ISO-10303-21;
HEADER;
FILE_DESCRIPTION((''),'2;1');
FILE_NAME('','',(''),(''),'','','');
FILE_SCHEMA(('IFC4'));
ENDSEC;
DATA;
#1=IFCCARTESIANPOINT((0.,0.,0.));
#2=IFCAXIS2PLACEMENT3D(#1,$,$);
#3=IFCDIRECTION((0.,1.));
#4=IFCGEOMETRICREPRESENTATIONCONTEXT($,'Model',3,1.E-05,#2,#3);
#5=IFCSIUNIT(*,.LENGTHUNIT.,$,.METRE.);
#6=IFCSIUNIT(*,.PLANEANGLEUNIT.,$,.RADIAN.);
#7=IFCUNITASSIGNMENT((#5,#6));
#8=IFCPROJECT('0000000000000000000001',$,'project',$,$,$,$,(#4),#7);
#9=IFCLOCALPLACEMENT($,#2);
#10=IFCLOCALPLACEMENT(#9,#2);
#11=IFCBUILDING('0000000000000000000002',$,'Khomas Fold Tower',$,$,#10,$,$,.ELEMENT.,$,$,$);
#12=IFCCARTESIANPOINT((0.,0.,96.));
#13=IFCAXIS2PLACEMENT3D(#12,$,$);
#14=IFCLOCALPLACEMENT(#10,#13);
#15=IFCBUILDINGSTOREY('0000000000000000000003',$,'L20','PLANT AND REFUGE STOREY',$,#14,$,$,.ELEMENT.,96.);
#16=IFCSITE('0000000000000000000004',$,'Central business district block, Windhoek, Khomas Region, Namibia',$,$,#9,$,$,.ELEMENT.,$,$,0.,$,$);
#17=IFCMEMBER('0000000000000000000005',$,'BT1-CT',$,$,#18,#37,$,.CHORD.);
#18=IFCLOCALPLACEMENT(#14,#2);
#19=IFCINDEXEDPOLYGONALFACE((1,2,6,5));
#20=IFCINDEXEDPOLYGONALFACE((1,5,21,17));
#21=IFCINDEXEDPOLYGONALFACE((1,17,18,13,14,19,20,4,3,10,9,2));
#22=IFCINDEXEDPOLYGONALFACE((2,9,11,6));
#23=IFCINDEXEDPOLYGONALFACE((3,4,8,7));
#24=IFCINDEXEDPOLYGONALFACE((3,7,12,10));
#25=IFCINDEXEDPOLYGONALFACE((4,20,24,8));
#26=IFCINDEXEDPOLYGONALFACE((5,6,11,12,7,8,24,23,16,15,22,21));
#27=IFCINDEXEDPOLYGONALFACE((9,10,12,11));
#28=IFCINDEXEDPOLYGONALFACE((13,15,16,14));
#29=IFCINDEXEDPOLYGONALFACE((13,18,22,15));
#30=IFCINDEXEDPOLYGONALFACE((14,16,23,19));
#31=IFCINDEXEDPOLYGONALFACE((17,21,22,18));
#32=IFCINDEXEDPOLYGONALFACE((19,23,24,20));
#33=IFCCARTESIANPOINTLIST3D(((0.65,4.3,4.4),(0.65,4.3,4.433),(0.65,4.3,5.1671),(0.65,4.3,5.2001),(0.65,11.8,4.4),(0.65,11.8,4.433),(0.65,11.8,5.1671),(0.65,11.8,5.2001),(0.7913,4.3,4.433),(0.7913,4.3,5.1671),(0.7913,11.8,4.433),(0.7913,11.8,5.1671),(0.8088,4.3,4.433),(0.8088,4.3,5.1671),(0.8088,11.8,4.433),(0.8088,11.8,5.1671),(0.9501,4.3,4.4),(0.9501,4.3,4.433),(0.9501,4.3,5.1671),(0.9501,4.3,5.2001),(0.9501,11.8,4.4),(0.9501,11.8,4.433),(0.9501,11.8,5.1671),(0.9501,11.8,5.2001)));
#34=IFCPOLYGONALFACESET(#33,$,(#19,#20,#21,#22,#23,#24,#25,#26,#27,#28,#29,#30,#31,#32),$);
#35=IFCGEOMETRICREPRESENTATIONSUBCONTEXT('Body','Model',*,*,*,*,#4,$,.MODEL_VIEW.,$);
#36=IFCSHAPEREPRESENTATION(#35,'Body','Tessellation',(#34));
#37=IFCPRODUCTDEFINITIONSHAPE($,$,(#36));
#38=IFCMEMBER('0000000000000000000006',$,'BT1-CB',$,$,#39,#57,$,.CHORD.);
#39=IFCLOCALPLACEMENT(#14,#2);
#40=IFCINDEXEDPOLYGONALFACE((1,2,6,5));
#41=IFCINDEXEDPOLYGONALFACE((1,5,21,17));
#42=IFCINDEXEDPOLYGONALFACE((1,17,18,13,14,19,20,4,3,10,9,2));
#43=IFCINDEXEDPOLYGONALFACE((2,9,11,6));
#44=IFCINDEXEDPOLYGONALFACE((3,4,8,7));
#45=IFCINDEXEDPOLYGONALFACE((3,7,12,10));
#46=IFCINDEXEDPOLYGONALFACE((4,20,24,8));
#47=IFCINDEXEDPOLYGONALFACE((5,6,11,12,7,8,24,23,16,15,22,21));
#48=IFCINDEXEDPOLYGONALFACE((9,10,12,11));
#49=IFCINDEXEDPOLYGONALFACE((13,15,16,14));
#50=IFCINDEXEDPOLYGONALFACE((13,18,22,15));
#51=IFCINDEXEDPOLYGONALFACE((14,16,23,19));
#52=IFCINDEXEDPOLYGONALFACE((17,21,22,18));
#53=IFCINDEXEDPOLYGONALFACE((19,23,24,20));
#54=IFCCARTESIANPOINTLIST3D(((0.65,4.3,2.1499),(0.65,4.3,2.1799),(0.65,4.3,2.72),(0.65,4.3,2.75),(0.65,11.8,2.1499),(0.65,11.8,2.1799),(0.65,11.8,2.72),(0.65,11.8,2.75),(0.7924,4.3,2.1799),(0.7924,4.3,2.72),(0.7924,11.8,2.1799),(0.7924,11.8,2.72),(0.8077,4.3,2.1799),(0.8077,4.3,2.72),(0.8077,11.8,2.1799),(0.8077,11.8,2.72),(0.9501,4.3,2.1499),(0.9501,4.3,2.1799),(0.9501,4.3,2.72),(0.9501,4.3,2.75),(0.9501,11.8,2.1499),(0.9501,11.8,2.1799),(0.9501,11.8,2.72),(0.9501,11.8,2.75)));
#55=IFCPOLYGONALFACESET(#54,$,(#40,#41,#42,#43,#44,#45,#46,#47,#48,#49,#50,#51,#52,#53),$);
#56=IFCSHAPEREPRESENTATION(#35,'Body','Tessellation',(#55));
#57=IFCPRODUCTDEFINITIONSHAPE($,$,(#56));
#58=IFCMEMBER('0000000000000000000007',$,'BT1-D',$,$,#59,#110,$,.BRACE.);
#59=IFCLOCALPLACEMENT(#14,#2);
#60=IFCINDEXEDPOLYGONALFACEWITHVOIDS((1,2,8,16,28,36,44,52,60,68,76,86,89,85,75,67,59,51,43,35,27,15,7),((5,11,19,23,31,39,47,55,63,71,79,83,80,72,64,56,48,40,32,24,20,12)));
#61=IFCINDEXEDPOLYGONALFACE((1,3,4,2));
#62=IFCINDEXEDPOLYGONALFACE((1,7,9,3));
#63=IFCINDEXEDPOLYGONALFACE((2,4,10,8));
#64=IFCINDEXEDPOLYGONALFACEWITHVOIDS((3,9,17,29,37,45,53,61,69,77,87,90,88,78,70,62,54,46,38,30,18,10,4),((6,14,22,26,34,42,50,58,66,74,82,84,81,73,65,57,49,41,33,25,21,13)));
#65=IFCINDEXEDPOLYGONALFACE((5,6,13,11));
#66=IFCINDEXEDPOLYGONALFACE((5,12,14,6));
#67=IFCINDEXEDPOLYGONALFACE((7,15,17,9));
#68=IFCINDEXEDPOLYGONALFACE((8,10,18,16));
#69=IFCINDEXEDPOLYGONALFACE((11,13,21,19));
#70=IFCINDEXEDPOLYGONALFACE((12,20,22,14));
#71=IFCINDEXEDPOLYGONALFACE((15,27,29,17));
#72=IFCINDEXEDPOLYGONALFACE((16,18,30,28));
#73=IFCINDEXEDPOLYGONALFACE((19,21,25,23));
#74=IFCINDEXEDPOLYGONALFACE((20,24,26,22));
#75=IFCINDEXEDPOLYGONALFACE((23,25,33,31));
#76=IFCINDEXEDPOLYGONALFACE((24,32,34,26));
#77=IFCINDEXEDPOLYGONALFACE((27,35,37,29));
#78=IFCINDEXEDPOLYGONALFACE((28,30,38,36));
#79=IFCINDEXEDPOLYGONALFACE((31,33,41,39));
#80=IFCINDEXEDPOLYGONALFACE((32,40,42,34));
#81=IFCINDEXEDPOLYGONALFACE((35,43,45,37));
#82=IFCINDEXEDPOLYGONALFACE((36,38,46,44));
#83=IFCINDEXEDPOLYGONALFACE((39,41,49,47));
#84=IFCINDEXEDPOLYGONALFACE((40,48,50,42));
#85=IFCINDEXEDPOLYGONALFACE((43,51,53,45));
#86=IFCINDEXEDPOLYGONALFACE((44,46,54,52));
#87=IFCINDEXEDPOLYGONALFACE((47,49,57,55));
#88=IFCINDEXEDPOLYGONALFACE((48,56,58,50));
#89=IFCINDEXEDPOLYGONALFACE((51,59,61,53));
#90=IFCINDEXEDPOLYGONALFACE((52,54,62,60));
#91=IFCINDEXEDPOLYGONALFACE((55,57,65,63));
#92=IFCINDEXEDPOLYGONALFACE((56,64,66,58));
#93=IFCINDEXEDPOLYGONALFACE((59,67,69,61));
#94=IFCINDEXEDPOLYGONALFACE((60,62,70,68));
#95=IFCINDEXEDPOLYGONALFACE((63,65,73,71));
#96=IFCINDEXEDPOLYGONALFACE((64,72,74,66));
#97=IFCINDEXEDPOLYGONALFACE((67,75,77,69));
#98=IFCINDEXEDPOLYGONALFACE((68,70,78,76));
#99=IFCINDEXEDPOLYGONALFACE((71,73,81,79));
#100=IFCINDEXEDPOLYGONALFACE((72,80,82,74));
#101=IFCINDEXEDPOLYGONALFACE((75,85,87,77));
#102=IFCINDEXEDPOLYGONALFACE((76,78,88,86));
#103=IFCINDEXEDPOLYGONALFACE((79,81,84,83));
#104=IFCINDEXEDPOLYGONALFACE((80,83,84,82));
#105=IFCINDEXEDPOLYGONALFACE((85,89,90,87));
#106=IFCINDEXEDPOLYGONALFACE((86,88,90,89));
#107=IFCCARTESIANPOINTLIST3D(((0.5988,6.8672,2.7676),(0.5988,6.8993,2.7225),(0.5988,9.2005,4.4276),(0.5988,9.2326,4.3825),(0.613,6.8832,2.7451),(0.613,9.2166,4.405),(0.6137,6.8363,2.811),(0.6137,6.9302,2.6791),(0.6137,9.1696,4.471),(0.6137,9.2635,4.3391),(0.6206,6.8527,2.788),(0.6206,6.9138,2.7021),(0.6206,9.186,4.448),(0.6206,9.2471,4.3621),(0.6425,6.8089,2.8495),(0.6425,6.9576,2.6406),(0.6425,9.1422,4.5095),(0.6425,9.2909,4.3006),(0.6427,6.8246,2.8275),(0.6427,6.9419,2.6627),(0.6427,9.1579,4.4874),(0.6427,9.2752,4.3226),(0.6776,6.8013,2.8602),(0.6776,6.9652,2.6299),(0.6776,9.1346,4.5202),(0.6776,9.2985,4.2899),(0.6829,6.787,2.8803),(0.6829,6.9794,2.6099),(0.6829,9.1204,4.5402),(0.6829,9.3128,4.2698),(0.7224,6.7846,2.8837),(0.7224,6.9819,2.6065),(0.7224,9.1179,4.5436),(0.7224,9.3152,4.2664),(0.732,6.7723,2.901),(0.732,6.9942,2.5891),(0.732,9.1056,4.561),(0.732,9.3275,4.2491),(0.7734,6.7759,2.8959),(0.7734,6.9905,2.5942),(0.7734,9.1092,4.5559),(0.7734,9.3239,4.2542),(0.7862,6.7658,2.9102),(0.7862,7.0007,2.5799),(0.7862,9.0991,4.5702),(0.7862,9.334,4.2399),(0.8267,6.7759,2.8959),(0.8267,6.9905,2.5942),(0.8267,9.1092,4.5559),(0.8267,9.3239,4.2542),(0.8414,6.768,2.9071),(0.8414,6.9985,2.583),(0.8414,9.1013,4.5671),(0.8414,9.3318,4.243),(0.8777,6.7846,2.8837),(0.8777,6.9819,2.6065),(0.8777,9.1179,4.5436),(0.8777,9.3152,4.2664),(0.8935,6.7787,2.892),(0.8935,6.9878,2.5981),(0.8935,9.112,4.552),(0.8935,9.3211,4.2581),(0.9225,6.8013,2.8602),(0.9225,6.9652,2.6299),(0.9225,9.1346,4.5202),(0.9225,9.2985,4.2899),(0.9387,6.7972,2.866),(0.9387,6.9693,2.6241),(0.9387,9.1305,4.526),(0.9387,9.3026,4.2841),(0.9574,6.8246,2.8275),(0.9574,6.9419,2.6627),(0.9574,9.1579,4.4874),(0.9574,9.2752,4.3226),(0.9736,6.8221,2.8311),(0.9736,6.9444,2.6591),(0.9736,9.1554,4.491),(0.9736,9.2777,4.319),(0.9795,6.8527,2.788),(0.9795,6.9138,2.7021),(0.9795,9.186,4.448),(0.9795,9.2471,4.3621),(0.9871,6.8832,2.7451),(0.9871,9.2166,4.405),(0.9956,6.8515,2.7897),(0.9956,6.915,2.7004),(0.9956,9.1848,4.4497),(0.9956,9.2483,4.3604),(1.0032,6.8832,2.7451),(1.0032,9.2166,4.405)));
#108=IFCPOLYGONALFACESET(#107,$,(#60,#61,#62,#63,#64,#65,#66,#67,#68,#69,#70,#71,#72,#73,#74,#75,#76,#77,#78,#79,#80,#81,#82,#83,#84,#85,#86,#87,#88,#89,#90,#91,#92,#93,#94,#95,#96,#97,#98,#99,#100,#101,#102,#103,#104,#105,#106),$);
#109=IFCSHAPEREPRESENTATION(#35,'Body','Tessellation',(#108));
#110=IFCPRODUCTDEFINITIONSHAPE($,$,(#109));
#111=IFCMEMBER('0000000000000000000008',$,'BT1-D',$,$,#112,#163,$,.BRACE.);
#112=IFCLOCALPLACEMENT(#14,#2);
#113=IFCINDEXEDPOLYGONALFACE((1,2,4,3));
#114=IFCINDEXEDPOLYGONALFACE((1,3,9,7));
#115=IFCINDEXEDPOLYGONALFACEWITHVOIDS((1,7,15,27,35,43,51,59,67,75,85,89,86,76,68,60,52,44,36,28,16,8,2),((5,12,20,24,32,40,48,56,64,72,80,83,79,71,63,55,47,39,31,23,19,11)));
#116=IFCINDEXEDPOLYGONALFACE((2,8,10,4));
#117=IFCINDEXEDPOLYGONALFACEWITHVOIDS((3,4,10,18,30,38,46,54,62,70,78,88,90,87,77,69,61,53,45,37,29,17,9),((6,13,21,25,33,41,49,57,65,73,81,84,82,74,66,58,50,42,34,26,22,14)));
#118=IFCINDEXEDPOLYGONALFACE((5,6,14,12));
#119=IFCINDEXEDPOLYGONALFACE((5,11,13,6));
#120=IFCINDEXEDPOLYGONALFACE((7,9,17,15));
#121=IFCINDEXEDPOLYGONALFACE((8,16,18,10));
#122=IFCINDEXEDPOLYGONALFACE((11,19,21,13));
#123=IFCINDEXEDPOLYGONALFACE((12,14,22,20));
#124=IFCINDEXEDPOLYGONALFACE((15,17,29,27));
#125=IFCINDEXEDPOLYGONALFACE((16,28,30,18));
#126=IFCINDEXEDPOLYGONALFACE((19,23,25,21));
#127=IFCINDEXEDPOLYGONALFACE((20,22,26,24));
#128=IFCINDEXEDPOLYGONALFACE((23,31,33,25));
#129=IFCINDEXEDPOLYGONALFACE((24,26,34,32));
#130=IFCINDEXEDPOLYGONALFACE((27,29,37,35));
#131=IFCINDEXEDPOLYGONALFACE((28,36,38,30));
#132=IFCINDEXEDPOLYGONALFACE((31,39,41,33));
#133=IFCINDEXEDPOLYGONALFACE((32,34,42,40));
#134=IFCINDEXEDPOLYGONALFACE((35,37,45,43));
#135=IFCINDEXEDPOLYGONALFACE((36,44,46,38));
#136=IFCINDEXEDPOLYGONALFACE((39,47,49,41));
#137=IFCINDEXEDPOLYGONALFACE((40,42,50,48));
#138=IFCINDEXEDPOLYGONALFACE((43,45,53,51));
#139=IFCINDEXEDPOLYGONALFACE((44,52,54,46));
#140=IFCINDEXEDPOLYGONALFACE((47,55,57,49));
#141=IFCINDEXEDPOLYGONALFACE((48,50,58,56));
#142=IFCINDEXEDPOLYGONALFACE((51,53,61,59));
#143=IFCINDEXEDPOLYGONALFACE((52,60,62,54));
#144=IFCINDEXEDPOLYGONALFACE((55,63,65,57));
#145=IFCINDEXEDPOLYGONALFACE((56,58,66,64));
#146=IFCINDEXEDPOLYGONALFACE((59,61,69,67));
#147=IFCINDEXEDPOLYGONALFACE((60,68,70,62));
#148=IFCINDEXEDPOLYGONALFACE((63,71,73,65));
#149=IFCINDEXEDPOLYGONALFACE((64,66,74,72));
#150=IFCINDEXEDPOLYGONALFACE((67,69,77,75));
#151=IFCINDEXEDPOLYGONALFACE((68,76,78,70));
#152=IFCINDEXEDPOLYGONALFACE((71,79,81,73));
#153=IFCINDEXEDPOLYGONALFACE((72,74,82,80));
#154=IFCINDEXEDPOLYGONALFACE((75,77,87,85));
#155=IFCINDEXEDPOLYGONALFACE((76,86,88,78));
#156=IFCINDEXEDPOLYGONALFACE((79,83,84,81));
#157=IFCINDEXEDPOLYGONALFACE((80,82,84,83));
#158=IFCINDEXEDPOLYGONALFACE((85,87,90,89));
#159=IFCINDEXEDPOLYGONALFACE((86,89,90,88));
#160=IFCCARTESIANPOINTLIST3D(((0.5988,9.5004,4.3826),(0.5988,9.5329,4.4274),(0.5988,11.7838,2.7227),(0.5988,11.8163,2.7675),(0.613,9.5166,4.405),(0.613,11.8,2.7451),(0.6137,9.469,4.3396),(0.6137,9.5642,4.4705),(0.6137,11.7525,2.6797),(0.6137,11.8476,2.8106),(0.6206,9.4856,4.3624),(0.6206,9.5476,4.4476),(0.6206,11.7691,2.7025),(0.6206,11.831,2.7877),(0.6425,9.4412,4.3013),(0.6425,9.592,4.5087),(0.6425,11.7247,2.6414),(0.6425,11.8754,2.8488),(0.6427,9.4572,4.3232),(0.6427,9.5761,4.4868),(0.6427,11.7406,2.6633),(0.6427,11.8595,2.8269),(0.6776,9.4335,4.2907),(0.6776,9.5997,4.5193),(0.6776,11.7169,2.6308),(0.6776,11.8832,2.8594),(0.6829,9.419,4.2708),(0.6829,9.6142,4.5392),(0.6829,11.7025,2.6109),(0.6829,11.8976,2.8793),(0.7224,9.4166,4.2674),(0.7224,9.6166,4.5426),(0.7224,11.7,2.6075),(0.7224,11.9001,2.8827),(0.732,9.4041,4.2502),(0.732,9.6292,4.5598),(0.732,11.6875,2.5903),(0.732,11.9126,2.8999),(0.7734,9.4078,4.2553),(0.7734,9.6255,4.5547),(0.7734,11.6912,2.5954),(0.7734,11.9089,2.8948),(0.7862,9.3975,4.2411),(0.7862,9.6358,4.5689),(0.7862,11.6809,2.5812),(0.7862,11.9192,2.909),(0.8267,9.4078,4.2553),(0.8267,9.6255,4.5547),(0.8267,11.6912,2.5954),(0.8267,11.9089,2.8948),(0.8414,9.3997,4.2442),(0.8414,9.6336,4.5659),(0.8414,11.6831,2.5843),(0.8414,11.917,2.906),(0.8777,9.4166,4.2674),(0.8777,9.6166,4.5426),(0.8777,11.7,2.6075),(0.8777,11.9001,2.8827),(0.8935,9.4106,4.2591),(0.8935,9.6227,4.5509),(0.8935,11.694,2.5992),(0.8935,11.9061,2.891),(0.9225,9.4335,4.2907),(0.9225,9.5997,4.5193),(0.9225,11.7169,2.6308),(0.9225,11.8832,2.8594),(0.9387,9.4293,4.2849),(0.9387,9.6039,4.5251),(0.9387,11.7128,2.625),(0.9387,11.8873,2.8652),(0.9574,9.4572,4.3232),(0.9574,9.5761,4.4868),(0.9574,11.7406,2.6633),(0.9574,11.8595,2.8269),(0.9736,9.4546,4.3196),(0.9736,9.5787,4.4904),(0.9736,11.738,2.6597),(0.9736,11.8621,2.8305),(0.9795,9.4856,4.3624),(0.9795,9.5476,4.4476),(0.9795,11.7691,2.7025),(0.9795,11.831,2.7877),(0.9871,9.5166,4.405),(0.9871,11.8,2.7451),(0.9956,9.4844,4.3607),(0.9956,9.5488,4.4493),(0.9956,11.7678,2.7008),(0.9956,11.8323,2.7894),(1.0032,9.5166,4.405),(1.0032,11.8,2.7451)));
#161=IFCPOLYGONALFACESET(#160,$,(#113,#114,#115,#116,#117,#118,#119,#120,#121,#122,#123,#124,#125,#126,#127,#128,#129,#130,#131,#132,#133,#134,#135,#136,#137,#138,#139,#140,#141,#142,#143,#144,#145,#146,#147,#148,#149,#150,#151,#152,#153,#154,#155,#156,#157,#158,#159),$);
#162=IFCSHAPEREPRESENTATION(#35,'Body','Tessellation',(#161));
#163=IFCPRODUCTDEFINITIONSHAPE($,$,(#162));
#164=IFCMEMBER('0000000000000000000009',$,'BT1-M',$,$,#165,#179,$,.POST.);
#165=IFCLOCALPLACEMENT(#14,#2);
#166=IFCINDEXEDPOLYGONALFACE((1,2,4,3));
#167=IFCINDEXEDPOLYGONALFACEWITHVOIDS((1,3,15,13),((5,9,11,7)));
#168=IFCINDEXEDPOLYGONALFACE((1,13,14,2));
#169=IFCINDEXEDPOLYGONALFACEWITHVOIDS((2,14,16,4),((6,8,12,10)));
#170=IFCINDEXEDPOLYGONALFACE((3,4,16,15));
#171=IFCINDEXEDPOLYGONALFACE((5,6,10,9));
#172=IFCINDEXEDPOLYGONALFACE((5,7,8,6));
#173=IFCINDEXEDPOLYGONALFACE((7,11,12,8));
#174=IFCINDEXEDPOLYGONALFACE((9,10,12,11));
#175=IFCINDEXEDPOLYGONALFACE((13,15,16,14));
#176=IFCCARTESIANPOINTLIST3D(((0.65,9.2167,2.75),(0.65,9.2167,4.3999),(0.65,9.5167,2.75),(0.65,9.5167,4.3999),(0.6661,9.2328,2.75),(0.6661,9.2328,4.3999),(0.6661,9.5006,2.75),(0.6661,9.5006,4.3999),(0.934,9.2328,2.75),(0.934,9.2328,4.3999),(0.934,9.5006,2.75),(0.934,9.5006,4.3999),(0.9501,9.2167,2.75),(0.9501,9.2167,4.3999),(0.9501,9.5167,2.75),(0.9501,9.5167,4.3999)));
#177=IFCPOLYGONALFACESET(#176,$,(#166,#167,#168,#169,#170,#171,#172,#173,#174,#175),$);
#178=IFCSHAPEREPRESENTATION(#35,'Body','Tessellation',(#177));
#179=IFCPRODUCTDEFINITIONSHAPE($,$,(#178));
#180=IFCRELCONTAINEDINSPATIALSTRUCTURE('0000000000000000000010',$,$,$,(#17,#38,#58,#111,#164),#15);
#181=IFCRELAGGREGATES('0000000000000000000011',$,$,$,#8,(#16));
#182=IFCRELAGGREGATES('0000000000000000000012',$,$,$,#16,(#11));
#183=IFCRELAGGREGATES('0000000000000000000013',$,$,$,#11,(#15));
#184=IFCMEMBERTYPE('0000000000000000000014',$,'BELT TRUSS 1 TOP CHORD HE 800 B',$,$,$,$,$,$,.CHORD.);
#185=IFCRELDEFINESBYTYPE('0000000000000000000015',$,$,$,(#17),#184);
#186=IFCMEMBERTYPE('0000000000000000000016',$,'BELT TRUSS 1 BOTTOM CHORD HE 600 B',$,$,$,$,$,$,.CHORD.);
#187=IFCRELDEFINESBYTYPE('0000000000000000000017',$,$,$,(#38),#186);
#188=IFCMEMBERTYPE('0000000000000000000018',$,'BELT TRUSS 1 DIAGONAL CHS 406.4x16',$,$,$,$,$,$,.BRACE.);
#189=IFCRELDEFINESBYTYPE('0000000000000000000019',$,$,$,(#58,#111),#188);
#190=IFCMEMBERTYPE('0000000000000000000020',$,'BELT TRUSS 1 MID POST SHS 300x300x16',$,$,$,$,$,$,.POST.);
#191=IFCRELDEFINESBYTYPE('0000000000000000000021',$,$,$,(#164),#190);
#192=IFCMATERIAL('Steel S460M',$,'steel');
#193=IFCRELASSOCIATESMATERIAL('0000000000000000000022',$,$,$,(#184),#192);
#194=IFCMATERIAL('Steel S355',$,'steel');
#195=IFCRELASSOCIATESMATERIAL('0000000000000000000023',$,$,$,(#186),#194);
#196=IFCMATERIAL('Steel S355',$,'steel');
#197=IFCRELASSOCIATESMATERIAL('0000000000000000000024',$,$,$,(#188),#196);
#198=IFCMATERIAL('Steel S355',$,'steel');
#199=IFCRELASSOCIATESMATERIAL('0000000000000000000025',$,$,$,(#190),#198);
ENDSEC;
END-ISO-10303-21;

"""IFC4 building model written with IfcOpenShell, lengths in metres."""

from ifc_helpers import new_model, si_unit, direction, frame, origin, origin_2d, place, context, subcontext, project, spatial, hollow_rectangle, hollow_circle, i_section, extrude, source, transform, mapped, material, material_profile, profile_set, type_object, element, save


model = new_model("IFC4")

# Units and contexts
model_context = context("Model", 3, precision=1e-05, world=origin(), true_north=direction((0.0, 1.0)))
body_context = subcontext(model_context, "Body", "Model", "MODEL_VIEW")
ifc_project = project(units=[si_unit("LENGTHUNIT", "METRE"), si_unit("PLANEANGLEUNIT", "RADIAN")], contexts=[model_context])

# Site, building, storey
site_placement = place(None, origin())
site = spatial("IfcSite", under=ifc_project, at=site_placement, Name="Central business district block, Windhoek, Khomas Region, Namibia", CompositionType="ELEMENT", RefElevation=0.0)
building_placement = place(site_placement, origin())
building = spatial("IfcBuilding", under=site, at=building_placement, Name="Khomas Fold Tower", CompositionType="ELEMENT")
storey_placement = place(building_placement, frame((0.0, 0.0, 96.0)))
storey = spatial("IfcBuildingStorey", under=building, at=storey_placement, Name="L20", Description="PLANT AND REFUGE STOREY", CompositionType="ELEMENT", Elevation=96.0)

# Members
ifc_material_1 = material(Name="Steel S460M", Category="steel")
ifc_material_profile_1 = material_profile(ifc_material_1, i_section(OverallWidth=0.3, OverallDepth=0.8, WebThickness=0.0176, FlangeThickness=0.033, at=origin_2d()), Name="HE 800 B")
ifc_profile_set_1 = profile_set([ifc_material_profile_1], Name="Steel S460M")
member_type_1 = type_object("IfcMemberType", Name="BELT TRUSS 1 TOP CHORD HE 800 B", PredefinedType="CHORD", material=ifc_profile_set_1)
shared_shape_1 = source(origin(), body_context, "Body", "SweptSolid", [
    extrude(i_section(OverallWidth=0.3, OverallDepth=0.8, WebThickness=0.0176, FlangeThickness=0.033, at=origin_2d()), origin(), (0.0, 0.0, 1.0), 7.5),
])
member_1_placement = place(storey_placement, frame((0.8, 11.8, 4.8), z_axis=(0.0, -1.0, 0.0), x_axis=(1.0, 0.0, 0.0)))
element("IfcMember", 1, at=member_1_placement, inside=storey, type_object=member_type_1, Name="BT1-CT", PredefinedType="CHORD", context=body_context, shape_type="MappedRepresentation", body=[
    mapped(shared_shape_1, transform((0.0, 0.0, 0.0))),
])
ifc_material_2 = material(Name="Steel S355", Category="steel")
ifc_material_profile_2 = material_profile(ifc_material_2, i_section(OverallWidth=0.3, OverallDepth=0.6001, WebThickness=0.0154, FlangeThickness=0.03, at=origin_2d()), Name="HE 600 B")
ifc_profile_set_2 = profile_set([ifc_material_profile_2], Name="Steel S355")
member_type_2 = type_object("IfcMemberType", Name="BELT TRUSS 1 BOTTOM CHORD HE 600 B", PredefinedType="CHORD", material=ifc_profile_set_2)
shared_shape_2 = source(origin(), body_context, "Body", "SweptSolid", [
    extrude(i_section(OverallWidth=0.3, OverallDepth=0.6001, WebThickness=0.0154, FlangeThickness=0.03, at=origin_2d()), origin(), (0.0, 0.0, 1.0), 7.5),
])
member_2_placement = place(storey_placement, frame((0.8, 11.8, 2.45), z_axis=(0.0, -1.0, 0.0), x_axis=(1.0, 0.0, 0.0)))
element("IfcMember", 2, at=member_2_placement, inside=storey, type_object=member_type_2, Name="BT1-CB", PredefinedType="CHORD", context=body_context, shape_type="MappedRepresentation", body=[
    mapped(shared_shape_2, transform((0.0, 0.0, 0.0))),
])
ifc_material_3 = material(Name="Steel S355", Category="steel")
ifc_material_profile_3 = material_profile(ifc_material_3, hollow_circle(Radius=0.2031, WallThickness=0.0161, at=origin_2d()), Name="CHS 406.4x16")
ifc_profile_set_3 = profile_set([ifc_material_profile_3], Name="Steel S355")
member_type_3 = type_object("IfcMemberType", Name="BELT TRUSS 1 DIAGONAL CHS 406.4x16", PredefinedType="BRACE", material=ifc_profile_set_3)
shared_shape_3 = source(origin(), body_context, "Body", "SweptSolid", [
    extrude(hollow_circle(Radius=0.2031, WallThickness=0.0161, at=origin_2d()), origin(), (0.0, 0.0, 1.0), 2.8635),
])
member_3_placement = place(storey_placement, frame((0.8, 9.2166, 4.405), z_axis=(0.0, -0.814838, -0.579689), x_axis=(1.0, 0.0, 0.0)))
element("IfcMember", 3, at=member_3_placement, inside=storey, type_object=member_type_3, Name="BT1-D", PredefinedType="BRACE", context=body_context, shape_type="MappedRepresentation", body=[
    mapped(shared_shape_3, transform((0.0, 0.0, 0.0))),
])
shared_shape_4 = source(origin(), body_context, "Body", "SweptSolid", [
    extrude(hollow_circle(Radius=0.2031, WallThickness=0.0161, at=origin_2d()), origin(), (0.0, 0.0, 1.0), 2.823),
])
member_4_placement = place(storey_placement, frame((0.8, 11.8, 2.7451), z_axis=(0.0, -0.808867, 0.587992), x_axis=(1.0, 0.0, 0.0)))
element("IfcMember", 4, at=member_4_placement, inside=storey, type_object=member_type_3, Name="BT1-D", PredefinedType="BRACE", context=body_context, shape_type="MappedRepresentation", body=[
    mapped(shared_shape_4, transform((0.0, 0.0, 0.0))),
])
ifc_material_4 = material(Name="Steel S355", Category="steel")
ifc_material_profile_4 = material_profile(ifc_material_4, hollow_rectangle(XDim=0.3, YDim=0.3, WallThickness=0.0161, at=origin_2d()), Name="SHS 300x300x16")
ifc_profile_set_4 = profile_set([ifc_material_profile_4], Name="Steel S355")
member_type_4 = type_object("IfcMemberType", Name="BELT TRUSS 1 MID POST SHS 300x300x16", PredefinedType="POST", material=ifc_profile_set_4)
shared_shape_5 = source(origin(), body_context, "Body", "SweptSolid", [
    extrude(hollow_rectangle(XDim=0.3, YDim=0.3, WallThickness=0.0161, at=origin_2d()), origin(), (0.0, 0.0, 1.0), 1.6499),
])
for number, where, z_axis, x_axis, name in (
    (5, (0.8, 9.3667, 2.75), (0.0, 0.0, 1.0), (1.0, 0.0, 0.0), "BT1-M"),
):
    element("IfcMember", number, at=place(storey_placement, frame(where, z_axis=z_axis, x_axis=x_axis)), inside=storey, type_object=member_type_4, Name=name, PredefinedType="POST", context=body_context, shape_type="MappedRepresentation", body=[
        mapped(shared_shape_5, transform((0.0, 0.0, 0.0))),
    ])

save(model, "model.ifc")
